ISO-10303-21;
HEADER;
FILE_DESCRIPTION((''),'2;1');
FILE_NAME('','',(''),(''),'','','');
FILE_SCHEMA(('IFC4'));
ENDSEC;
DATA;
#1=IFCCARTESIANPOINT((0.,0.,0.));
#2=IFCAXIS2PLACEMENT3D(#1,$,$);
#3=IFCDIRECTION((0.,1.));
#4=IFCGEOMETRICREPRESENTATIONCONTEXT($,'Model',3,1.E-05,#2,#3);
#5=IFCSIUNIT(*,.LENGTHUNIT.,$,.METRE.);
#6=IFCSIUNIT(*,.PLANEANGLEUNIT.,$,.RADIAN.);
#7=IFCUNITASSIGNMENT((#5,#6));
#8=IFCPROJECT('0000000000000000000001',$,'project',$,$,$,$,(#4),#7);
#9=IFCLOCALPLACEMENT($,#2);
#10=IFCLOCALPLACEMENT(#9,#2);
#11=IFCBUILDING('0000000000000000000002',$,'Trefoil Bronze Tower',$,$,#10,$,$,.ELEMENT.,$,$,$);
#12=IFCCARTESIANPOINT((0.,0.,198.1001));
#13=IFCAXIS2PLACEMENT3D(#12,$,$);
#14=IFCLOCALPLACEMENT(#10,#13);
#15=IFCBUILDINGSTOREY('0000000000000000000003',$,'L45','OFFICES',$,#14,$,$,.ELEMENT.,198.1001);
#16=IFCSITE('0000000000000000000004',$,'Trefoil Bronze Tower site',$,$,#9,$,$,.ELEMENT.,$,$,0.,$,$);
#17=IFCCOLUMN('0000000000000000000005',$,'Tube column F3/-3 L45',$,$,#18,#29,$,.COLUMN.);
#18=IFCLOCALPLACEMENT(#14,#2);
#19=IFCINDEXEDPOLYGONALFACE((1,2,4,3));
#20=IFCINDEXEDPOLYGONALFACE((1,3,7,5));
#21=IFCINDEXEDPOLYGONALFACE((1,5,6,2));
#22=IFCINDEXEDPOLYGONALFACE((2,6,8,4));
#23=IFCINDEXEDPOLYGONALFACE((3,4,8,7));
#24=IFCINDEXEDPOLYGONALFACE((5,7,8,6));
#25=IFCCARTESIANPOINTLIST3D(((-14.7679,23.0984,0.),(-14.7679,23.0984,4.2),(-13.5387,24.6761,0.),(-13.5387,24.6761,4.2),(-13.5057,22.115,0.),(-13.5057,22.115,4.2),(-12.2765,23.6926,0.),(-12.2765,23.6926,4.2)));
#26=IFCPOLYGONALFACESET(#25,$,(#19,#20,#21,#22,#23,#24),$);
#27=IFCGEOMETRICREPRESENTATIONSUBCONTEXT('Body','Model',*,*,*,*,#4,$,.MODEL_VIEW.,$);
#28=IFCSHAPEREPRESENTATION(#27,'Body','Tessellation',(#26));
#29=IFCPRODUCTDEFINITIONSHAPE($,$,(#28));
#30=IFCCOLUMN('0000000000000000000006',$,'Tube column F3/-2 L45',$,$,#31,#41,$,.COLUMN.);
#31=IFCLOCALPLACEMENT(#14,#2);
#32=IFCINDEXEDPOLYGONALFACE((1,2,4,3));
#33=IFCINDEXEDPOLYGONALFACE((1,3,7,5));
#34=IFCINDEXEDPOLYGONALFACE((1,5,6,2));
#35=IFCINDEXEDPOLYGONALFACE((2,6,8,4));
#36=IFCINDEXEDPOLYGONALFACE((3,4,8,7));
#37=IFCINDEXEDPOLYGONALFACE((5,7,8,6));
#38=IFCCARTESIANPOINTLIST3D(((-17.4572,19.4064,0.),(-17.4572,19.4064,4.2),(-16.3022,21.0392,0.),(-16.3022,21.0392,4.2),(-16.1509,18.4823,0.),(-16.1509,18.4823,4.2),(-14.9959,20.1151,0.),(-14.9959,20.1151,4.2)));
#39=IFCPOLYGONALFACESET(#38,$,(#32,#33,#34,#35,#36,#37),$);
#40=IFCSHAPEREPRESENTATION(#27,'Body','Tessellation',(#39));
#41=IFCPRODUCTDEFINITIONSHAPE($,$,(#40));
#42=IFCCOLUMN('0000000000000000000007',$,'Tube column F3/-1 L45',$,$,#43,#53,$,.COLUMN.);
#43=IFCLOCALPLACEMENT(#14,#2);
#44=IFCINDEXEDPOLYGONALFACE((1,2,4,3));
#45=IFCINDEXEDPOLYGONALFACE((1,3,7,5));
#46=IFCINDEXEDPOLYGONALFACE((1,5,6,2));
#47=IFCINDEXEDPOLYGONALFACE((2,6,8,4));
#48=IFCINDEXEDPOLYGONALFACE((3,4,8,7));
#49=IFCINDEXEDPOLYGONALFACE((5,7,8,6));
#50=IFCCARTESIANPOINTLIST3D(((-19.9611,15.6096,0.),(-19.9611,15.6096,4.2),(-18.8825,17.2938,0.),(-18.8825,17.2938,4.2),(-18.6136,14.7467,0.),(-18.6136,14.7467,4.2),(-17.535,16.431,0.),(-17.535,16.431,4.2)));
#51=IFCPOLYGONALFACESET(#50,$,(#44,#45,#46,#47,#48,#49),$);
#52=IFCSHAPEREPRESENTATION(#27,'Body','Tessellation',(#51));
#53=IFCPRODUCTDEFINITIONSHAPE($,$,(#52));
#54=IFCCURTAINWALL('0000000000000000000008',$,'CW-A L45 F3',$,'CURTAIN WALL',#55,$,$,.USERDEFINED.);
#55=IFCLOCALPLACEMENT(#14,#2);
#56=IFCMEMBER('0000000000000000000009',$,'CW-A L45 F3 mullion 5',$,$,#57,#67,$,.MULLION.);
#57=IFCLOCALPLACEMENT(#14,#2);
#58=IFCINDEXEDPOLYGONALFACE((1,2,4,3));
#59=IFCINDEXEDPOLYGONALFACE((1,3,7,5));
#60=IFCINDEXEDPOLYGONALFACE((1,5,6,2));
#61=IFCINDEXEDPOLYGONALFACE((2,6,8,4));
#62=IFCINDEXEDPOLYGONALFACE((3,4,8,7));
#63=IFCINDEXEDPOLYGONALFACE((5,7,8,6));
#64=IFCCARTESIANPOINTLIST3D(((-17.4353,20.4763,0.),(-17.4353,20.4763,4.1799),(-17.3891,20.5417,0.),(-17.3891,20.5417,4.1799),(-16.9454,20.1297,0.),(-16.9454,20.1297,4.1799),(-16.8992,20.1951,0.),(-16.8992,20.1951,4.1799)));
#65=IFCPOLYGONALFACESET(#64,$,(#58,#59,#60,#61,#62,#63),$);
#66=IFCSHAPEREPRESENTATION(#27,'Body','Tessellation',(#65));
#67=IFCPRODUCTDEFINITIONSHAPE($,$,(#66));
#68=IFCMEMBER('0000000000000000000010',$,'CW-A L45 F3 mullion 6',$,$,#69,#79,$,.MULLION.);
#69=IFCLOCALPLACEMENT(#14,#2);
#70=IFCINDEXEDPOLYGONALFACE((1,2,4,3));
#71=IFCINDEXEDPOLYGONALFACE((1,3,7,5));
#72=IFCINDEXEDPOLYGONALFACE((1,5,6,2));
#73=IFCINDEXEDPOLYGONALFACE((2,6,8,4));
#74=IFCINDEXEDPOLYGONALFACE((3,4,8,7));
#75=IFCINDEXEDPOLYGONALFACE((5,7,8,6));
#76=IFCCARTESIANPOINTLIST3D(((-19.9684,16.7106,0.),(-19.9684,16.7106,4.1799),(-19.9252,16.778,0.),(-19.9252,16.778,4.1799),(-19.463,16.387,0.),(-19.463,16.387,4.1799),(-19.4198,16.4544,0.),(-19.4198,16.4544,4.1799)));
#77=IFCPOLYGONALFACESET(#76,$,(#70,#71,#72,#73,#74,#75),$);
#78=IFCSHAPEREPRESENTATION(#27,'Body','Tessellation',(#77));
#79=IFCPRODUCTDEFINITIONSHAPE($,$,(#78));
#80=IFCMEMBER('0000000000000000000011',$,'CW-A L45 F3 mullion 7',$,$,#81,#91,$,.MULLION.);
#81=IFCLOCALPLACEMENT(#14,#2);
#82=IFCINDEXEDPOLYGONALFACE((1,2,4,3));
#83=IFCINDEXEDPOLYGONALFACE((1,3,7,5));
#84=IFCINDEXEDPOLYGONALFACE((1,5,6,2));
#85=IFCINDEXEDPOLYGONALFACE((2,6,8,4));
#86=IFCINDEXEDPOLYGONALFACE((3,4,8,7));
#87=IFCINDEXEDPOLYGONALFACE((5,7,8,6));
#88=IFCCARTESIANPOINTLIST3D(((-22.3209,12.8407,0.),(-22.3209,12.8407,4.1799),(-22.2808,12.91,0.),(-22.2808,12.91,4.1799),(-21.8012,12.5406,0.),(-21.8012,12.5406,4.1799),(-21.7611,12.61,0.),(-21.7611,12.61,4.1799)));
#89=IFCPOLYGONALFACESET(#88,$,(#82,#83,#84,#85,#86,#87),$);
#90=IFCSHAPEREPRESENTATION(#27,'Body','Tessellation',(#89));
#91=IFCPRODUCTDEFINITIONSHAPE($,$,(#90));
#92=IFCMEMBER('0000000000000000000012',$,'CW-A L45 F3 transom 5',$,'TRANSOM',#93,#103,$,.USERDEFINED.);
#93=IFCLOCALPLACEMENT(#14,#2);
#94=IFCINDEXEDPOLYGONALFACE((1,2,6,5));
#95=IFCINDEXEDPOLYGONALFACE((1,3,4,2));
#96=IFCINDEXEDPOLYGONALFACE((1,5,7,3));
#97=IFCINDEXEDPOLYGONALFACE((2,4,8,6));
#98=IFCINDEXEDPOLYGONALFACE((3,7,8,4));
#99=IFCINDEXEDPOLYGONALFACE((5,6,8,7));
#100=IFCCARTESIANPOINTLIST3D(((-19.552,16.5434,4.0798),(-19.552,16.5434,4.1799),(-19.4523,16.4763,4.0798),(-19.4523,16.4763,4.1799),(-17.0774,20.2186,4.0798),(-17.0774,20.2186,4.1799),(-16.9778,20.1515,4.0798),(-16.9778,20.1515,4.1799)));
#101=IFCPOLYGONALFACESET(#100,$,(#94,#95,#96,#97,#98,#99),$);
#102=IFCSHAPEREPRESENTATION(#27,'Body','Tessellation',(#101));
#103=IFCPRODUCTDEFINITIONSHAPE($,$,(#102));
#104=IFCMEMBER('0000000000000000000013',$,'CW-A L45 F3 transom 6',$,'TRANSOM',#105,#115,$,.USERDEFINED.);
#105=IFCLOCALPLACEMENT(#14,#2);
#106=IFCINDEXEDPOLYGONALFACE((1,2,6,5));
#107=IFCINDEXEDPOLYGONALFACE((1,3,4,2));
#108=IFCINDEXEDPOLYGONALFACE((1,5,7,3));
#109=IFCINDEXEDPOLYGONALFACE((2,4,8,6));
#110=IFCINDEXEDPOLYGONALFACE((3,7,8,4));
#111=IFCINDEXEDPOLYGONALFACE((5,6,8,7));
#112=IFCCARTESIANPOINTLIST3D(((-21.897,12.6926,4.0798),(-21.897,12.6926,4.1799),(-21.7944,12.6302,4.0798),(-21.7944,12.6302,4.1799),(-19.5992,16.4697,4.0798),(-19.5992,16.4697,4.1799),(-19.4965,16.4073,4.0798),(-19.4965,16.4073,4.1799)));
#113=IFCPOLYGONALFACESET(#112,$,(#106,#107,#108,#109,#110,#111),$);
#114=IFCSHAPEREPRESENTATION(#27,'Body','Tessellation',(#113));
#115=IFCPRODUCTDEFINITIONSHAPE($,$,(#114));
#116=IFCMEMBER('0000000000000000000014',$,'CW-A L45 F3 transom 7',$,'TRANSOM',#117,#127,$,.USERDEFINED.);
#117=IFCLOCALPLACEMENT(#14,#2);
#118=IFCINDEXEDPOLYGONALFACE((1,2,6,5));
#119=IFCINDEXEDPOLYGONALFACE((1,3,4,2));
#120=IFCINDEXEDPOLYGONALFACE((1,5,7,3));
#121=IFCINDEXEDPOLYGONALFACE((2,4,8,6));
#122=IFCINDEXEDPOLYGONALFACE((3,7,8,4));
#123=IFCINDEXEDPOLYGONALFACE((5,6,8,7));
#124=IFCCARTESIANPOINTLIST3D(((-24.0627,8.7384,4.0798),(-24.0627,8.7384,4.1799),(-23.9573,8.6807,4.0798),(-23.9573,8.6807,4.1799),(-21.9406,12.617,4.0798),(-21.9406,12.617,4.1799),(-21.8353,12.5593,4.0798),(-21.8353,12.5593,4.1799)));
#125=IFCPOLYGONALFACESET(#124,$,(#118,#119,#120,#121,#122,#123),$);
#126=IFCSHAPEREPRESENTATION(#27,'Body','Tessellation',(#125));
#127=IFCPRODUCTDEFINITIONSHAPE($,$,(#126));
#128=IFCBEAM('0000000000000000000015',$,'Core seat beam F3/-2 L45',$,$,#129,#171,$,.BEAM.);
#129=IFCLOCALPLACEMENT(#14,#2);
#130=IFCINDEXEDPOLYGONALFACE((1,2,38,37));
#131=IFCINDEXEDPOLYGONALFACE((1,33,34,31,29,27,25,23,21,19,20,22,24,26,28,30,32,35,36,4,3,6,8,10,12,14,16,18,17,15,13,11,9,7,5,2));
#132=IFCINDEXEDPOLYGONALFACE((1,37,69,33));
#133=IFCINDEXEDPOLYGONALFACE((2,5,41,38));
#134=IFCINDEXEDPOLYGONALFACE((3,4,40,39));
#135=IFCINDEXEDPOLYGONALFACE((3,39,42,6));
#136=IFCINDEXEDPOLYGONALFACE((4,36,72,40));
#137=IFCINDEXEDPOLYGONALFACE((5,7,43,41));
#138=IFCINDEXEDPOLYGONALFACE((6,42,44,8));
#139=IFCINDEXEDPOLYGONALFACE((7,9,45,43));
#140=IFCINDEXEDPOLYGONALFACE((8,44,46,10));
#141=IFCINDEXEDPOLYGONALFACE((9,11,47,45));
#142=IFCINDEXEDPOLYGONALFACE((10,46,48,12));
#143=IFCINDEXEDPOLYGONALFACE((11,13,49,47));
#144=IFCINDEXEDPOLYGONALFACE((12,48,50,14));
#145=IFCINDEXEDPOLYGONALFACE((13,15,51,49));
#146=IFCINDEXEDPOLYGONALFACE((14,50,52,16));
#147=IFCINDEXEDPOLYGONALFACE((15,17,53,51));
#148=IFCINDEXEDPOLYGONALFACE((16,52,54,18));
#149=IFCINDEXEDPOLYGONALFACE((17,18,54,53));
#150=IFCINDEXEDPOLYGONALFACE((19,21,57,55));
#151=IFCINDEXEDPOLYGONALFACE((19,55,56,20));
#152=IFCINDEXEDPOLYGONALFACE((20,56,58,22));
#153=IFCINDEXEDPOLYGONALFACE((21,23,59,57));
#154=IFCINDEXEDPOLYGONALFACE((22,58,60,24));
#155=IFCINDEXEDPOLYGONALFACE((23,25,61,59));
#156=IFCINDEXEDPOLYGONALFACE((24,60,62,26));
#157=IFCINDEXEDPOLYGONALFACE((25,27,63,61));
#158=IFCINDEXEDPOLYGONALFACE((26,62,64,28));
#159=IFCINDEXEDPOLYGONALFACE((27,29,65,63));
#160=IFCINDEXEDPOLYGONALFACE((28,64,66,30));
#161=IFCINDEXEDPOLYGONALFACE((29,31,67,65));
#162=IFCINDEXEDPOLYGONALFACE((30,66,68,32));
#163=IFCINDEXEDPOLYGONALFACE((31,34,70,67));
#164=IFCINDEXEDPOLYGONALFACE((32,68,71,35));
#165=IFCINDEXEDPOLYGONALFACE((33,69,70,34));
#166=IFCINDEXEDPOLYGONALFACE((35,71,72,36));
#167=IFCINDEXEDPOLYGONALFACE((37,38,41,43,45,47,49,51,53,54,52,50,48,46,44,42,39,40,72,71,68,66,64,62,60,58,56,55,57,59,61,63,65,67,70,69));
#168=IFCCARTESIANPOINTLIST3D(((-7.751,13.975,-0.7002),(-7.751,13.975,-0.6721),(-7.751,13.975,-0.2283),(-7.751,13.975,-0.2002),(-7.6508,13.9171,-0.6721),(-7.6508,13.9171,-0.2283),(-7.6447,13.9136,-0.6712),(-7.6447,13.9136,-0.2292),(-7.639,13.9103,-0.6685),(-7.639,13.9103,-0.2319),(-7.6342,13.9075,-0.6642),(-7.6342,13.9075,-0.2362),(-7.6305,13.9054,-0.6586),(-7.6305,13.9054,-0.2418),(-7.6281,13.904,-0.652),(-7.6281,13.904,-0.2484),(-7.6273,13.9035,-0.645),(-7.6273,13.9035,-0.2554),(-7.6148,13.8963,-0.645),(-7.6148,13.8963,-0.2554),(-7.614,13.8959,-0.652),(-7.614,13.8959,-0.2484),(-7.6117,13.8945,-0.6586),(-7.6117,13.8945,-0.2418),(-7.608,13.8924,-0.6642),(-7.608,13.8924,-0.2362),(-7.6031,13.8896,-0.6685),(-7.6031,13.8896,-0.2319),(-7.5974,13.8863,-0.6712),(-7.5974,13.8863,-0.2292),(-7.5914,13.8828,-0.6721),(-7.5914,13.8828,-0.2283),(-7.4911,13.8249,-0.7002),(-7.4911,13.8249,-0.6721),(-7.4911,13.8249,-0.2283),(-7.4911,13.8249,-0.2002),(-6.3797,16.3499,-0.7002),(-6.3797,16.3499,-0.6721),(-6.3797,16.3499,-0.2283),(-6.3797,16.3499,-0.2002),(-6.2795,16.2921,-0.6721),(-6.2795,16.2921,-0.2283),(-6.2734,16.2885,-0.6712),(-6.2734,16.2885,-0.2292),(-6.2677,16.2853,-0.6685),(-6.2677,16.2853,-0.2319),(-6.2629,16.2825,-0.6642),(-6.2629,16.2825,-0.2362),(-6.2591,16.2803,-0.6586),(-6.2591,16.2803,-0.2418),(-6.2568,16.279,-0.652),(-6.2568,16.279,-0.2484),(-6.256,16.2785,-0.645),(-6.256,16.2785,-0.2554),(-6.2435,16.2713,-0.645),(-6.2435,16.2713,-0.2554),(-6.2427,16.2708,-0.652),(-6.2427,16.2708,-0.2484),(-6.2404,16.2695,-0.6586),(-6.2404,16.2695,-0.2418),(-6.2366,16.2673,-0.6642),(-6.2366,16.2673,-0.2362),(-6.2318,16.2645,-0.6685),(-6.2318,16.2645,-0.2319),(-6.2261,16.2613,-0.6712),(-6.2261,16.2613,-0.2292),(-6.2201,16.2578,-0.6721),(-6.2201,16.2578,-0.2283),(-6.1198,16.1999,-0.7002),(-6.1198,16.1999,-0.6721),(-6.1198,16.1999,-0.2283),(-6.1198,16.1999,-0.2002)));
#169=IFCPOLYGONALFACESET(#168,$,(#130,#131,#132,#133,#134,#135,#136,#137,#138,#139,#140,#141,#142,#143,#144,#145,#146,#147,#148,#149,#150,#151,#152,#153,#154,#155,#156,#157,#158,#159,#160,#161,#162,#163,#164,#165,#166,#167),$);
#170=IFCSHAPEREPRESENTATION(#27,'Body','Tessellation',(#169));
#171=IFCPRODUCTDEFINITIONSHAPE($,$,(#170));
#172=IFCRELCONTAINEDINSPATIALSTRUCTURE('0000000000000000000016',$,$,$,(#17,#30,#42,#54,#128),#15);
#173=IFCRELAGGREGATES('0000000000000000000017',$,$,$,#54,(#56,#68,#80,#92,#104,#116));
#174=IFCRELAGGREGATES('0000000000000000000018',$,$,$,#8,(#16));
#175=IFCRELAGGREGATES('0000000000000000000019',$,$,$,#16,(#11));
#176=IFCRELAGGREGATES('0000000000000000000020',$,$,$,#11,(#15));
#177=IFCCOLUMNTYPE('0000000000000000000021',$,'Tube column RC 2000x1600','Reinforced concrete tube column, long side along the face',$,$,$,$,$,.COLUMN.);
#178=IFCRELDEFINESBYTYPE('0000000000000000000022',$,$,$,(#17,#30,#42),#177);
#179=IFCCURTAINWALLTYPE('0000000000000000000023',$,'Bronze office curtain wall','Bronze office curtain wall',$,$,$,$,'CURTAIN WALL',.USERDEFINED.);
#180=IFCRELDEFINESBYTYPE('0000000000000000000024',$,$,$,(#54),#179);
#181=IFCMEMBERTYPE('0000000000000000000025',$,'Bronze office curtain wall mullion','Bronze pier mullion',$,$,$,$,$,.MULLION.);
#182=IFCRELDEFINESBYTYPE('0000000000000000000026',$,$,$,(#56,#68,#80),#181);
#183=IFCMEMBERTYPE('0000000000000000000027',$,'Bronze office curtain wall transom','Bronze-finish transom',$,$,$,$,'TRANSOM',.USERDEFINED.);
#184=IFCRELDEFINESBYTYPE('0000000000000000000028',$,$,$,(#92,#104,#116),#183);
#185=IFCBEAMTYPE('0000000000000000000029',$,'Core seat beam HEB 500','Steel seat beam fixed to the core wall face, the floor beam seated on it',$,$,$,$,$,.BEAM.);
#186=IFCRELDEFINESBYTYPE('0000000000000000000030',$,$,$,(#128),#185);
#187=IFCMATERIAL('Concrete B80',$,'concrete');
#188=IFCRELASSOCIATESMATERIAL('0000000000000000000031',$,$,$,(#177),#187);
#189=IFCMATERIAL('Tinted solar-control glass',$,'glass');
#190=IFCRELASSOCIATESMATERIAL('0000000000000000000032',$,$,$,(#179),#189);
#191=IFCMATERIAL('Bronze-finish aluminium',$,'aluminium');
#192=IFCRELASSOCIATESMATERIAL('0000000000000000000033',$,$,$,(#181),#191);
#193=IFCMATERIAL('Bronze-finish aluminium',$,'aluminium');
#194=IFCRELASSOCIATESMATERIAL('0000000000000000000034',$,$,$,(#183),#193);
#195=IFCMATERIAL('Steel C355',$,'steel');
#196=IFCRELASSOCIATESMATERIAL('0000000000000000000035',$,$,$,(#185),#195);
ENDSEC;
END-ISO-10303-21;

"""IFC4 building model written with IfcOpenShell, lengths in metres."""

from ifc_helpers import new_model, si_unit, direction, frame, origin, origin_2d, place, context, subcontext, project, spatial, rectangle, i_section, extrude, material, material_profile, profile_set, type_object, element, aggregate, save


model = new_model("IFC4")

# Units and contexts
model_context = context("Model", 3, precision=1e-05, world=origin(), true_north=direction((0.0, 1.0)))
body_context = subcontext(model_context, "Body", "Model", "MODEL_VIEW")
ifc_project = project(units=[si_unit("LENGTHUNIT", "METRE"), si_unit("PLANEANGLEUNIT", "RADIAN")], contexts=[model_context])

# Site, building, storey
site_placement = place(None, origin())
site = spatial("IfcSite", under=ifc_project, at=site_placement, Name="Trefoil Bronze Tower site", CompositionType="ELEMENT", RefElevation=0.0)
building_placement = place(site_placement, origin())
building = spatial("IfcBuilding", under=site, at=building_placement, Name="Trefoil Bronze Tower", CompositionType="ELEMENT")
storey_placement = place(building_placement, frame((0.0, 0.0, 198.1001)))
storey = spatial("IfcBuildingStorey", under=building, at=storey_placement, Name="L45", Description="OFFICES", CompositionType="ELEMENT", Elevation=198.1001)

# Columns
ifc_material_1 = material(Name="Concrete B80", Category="concrete")
ifc_material_profile_1 = material_profile(ifc_material_1, rectangle(XDim=2.0, YDim=1.6001, at=origin_2d()), Name="RC 2000x1600")
ifc_profile_set_1 = profile_set([ifc_material_profile_1], Name="Concrete B80")
column_type = type_object("IfcColumnType", Name="Tube column RC 2000x1600", Description="Reinforced concrete tube column, long side along the face", PredefinedType="COLUMN", material=ifc_profile_set_1)
for number, where, z_axis, x_axis, name in (
    (1, (-13.5222, 23.3955, 0.0), (0.0, 0.0, 1.0), (-0.614622, -0.788821, 0.0), "Tube column F3/-3 L45"),
    (2, (-16.2266, 19.7607, 0.0), (0.0, 0.0, 1.0), (-0.577481, -0.816404, 0.0), "Tube column F3/-2 L45"),
    (3, (-18.748, 16.0203, 0.0), (0.0, 0.0, 1.0), (-0.53927, -0.842133, 0.0), "Tube column F3/-1 L45"),
):
    element("IfcColumn", number, at=place(storey_placement, frame(where, z_axis=z_axis, x_axis=x_axis)), inside=storey, type_object=column_type, Name=name, PredefinedType="COLUMN", context=body_context, shape_type="SweptSolid", body=[
        extrude(rectangle(XDim=2.0, YDim=1.6001, at=origin_2d()), origin(), (0.0, 0.0, 1.0), 4.2),
    ])

# Curtain wall, members
ifc_material_2 = material(Name="Tinted solar-control glass", Category="glass")
curtain_wall_type = type_object("IfcCurtainWallType", Name="Bronze office curtain wall", Description="Bronze office curtain wall", ElementType="CURTAIN WALL", PredefinedType="USERDEFINED", material=ifc_material_2)
curtain_wall_placement = place(storey_placement, origin())
curtain_wall = element("IfcCurtainWall", 4, at=curtain_wall_placement, inside=storey, type_object=curtain_wall_type, Name="CW-A L45 F3", ObjectType="CURTAIN WALL", PredefinedType="USERDEFINED")
ifc_material_3 = material(Name="Bronze-finish aluminium", Category="aluminium")
ifc_material_profile_2 = material_profile(ifc_material_3, rectangle(XDim=0.6001, YDim=0.0801, at=origin_2d()), Name="CW-A mullion")
ifc_profile_set_2 = profile_set([ifc_material_profile_2], Name="Bronze-finish aluminium")
member_type_1 = type_object("IfcMemberType", Name="Bronze office curtain wall mullion", Description="Bronze pier mullion", PredefinedType="MULLION", material=ifc_profile_set_2)
member_1_placement = place(storey_placement, frame((-17.1672, 20.3357, 0.0), z_axis=(0.0, 0.0, 1.0), x_axis=(0.816404, -0.577481, 0.0)))
member_1 = element("IfcMember", 5, at=member_1_placement, type_object=member_type_1, Name="CW-A L45 F3 mullion 5", PredefinedType="MULLION", context=body_context, shape_type="SweptSolid", body=[
    extrude(rectangle(XDim=0.6001, YDim=0.0801, at=origin_2d()), origin(), (0.0, 0.0, 1.0), 4.1799),
])
member_2_placement = place(storey_placement, frame((-19.6941, 16.5825, 0.0), z_axis=(0.0, 0.0, 1.0), x_axis=(0.842133, -0.53927, 0.0)))
member_2 = element("IfcMember", 6, at=member_2_placement, type_object=member_type_1, Name="CW-A L45 F3 mullion 6", PredefinedType="MULLION", context=body_context, shape_type="SweptSolid", body=[
    extrude(rectangle(XDim=0.6001, YDim=0.0801, at=origin_2d()), origin(), (0.0, 0.0, 1.0), 4.1799),
])
member_3_placement = place(storey_placement, frame((-22.041, 12.7253, 0.0), z_axis=(0.0, 0.0, 1.0), x_axis=(0.866025, -0.5, 0.0)))
member_3 = element("IfcMember", 7, at=member_3_placement, type_object=member_type_1, Name="CW-A L45 F3 mullion 7", PredefinedType="MULLION", context=body_context, shape_type="SweptSolid", body=[
    extrude(rectangle(XDim=0.6001, YDim=0.0801, at=origin_2d()), origin(), (0.0, 0.0, 1.0), 4.1799),
])
ifc_material_4 = material(Name="Bronze-finish aluminium", Category="aluminium")
ifc_material_profile_3 = material_profile(ifc_material_4, rectangle(XDim=0.1201, YDim=0.1001, at=origin_2d()), Name="CW-A transom")
ifc_profile_set_3 = profile_set([ifc_material_profile_3], Name="Bronze-finish aluminium")
member_type_2 = type_object("IfcMemberType", Name="Bronze office curtain wall transom", Description="Bronze-finish transom", ElementType="TRANSOM", PredefinedType="USERDEFINED", material=ifc_profile_set_3)
member_4_placement = place(storey_placement, frame((-17.0276, 20.1851, 4.1299), z_axis=(-0.558509, -0.829498, 0.0), x_axis=(0.829498, -0.558509, 0.0)))
member_4 = element("IfcMember", 8, at=member_4_placement, type_object=member_type_2, Name="CW-A L45 F3 transom 5", ObjectType="TRANSOM", PredefinedType="USERDEFINED", context=body_context, shape_type="SweptSolid", body=[
    extrude(rectangle(XDim=0.1201, YDim=0.1001, at=origin_2d()), origin(), (0.0, 0.0, 1.0), 4.4307),
])
member_5_placement = place(storey_placement, frame((-19.5479, 16.4385, 4.1299), z_axis=(-0.51974, -0.854324, 0.0), x_axis=(0.854324, -0.51974, 0.0)))
member_5 = element("IfcMember", 9, at=member_5_placement, type_object=member_type_2, Name="CW-A L45 F3 transom 6", ObjectType="TRANSOM", PredefinedType="USERDEFINED", context=body_context, shape_type="SweptSolid", body=[
    extrude(rectangle(XDim=0.1201, YDim=0.1001, at=origin_2d()), origin(), (0.0, 0.0, 1.0), 4.4211),
])
member_6_placement = place(storey_placement, frame((-21.8879, 12.5881, 4.1299), z_axis=(-0.479974, -0.877283, 0.0), x_axis=(0.877283, -0.479974, 0.0)))
member_6 = element("IfcMember", 10, at=member_6_placement, type_object=member_type_2, Name="CW-A L45 F3 transom 7", ObjectType="TRANSOM", PredefinedType="USERDEFINED", context=body_context, shape_type="SweptSolid", body=[
    extrude(rectangle(XDim=0.1201, YDim=0.1001, at=origin_2d()), origin(), (0.0, 0.0, 1.0), 4.4211),
])

# Beam
ifc_material_5 = material(Name="Steel C355", Category="steel")
ifc_material_profile_4 = material_profile(ifc_material_5, i_section(OverallWidth=0.3, OverallDepth=0.5, WebThickness=0.0144, FlangeThickness=0.0281, FilletRadius=0.0271, at=origin_2d()), Name="HEB 500")
ifc_profile_set_4 = profile_set([ifc_material_profile_4], Name="Steel C355")
beam_type_1 = type_object("IfcBeamType", Name="Core seat beam HEB 500", Description="Steel seat beam fixed to the core wall face, the floor beam seated on it", PredefinedType="BEAM", material=ifc_profile_set_4)
beam_1_placement = place(storey_placement, frame((-6.2498, 16.2749, -0.4502), z_axis=(-0.500036, -0.866005, 0.0), x_axis=(0.866005, -0.500036, 0.0)))
element("IfcBeam", 11, at=beam_1_placement, inside=storey, type_object=beam_type_1, Name="Core seat beam F3/-2 L45", PredefinedType="BEAM", context=body_context, shape_type="SweptSolid", body=[
    extrude(i_section(OverallWidth=0.3, OverallDepth=0.5, WebThickness=0.0144, FlangeThickness=0.0281, FilletRadius=0.0271, at=origin_2d()), origin(), (0.0, 0.0, 1.0), 2.7424),
])

aggregate(curtain_wall, [member_1, member_2, member_3, member_4, member_5, member_6])

save(model, "model.ifc")
